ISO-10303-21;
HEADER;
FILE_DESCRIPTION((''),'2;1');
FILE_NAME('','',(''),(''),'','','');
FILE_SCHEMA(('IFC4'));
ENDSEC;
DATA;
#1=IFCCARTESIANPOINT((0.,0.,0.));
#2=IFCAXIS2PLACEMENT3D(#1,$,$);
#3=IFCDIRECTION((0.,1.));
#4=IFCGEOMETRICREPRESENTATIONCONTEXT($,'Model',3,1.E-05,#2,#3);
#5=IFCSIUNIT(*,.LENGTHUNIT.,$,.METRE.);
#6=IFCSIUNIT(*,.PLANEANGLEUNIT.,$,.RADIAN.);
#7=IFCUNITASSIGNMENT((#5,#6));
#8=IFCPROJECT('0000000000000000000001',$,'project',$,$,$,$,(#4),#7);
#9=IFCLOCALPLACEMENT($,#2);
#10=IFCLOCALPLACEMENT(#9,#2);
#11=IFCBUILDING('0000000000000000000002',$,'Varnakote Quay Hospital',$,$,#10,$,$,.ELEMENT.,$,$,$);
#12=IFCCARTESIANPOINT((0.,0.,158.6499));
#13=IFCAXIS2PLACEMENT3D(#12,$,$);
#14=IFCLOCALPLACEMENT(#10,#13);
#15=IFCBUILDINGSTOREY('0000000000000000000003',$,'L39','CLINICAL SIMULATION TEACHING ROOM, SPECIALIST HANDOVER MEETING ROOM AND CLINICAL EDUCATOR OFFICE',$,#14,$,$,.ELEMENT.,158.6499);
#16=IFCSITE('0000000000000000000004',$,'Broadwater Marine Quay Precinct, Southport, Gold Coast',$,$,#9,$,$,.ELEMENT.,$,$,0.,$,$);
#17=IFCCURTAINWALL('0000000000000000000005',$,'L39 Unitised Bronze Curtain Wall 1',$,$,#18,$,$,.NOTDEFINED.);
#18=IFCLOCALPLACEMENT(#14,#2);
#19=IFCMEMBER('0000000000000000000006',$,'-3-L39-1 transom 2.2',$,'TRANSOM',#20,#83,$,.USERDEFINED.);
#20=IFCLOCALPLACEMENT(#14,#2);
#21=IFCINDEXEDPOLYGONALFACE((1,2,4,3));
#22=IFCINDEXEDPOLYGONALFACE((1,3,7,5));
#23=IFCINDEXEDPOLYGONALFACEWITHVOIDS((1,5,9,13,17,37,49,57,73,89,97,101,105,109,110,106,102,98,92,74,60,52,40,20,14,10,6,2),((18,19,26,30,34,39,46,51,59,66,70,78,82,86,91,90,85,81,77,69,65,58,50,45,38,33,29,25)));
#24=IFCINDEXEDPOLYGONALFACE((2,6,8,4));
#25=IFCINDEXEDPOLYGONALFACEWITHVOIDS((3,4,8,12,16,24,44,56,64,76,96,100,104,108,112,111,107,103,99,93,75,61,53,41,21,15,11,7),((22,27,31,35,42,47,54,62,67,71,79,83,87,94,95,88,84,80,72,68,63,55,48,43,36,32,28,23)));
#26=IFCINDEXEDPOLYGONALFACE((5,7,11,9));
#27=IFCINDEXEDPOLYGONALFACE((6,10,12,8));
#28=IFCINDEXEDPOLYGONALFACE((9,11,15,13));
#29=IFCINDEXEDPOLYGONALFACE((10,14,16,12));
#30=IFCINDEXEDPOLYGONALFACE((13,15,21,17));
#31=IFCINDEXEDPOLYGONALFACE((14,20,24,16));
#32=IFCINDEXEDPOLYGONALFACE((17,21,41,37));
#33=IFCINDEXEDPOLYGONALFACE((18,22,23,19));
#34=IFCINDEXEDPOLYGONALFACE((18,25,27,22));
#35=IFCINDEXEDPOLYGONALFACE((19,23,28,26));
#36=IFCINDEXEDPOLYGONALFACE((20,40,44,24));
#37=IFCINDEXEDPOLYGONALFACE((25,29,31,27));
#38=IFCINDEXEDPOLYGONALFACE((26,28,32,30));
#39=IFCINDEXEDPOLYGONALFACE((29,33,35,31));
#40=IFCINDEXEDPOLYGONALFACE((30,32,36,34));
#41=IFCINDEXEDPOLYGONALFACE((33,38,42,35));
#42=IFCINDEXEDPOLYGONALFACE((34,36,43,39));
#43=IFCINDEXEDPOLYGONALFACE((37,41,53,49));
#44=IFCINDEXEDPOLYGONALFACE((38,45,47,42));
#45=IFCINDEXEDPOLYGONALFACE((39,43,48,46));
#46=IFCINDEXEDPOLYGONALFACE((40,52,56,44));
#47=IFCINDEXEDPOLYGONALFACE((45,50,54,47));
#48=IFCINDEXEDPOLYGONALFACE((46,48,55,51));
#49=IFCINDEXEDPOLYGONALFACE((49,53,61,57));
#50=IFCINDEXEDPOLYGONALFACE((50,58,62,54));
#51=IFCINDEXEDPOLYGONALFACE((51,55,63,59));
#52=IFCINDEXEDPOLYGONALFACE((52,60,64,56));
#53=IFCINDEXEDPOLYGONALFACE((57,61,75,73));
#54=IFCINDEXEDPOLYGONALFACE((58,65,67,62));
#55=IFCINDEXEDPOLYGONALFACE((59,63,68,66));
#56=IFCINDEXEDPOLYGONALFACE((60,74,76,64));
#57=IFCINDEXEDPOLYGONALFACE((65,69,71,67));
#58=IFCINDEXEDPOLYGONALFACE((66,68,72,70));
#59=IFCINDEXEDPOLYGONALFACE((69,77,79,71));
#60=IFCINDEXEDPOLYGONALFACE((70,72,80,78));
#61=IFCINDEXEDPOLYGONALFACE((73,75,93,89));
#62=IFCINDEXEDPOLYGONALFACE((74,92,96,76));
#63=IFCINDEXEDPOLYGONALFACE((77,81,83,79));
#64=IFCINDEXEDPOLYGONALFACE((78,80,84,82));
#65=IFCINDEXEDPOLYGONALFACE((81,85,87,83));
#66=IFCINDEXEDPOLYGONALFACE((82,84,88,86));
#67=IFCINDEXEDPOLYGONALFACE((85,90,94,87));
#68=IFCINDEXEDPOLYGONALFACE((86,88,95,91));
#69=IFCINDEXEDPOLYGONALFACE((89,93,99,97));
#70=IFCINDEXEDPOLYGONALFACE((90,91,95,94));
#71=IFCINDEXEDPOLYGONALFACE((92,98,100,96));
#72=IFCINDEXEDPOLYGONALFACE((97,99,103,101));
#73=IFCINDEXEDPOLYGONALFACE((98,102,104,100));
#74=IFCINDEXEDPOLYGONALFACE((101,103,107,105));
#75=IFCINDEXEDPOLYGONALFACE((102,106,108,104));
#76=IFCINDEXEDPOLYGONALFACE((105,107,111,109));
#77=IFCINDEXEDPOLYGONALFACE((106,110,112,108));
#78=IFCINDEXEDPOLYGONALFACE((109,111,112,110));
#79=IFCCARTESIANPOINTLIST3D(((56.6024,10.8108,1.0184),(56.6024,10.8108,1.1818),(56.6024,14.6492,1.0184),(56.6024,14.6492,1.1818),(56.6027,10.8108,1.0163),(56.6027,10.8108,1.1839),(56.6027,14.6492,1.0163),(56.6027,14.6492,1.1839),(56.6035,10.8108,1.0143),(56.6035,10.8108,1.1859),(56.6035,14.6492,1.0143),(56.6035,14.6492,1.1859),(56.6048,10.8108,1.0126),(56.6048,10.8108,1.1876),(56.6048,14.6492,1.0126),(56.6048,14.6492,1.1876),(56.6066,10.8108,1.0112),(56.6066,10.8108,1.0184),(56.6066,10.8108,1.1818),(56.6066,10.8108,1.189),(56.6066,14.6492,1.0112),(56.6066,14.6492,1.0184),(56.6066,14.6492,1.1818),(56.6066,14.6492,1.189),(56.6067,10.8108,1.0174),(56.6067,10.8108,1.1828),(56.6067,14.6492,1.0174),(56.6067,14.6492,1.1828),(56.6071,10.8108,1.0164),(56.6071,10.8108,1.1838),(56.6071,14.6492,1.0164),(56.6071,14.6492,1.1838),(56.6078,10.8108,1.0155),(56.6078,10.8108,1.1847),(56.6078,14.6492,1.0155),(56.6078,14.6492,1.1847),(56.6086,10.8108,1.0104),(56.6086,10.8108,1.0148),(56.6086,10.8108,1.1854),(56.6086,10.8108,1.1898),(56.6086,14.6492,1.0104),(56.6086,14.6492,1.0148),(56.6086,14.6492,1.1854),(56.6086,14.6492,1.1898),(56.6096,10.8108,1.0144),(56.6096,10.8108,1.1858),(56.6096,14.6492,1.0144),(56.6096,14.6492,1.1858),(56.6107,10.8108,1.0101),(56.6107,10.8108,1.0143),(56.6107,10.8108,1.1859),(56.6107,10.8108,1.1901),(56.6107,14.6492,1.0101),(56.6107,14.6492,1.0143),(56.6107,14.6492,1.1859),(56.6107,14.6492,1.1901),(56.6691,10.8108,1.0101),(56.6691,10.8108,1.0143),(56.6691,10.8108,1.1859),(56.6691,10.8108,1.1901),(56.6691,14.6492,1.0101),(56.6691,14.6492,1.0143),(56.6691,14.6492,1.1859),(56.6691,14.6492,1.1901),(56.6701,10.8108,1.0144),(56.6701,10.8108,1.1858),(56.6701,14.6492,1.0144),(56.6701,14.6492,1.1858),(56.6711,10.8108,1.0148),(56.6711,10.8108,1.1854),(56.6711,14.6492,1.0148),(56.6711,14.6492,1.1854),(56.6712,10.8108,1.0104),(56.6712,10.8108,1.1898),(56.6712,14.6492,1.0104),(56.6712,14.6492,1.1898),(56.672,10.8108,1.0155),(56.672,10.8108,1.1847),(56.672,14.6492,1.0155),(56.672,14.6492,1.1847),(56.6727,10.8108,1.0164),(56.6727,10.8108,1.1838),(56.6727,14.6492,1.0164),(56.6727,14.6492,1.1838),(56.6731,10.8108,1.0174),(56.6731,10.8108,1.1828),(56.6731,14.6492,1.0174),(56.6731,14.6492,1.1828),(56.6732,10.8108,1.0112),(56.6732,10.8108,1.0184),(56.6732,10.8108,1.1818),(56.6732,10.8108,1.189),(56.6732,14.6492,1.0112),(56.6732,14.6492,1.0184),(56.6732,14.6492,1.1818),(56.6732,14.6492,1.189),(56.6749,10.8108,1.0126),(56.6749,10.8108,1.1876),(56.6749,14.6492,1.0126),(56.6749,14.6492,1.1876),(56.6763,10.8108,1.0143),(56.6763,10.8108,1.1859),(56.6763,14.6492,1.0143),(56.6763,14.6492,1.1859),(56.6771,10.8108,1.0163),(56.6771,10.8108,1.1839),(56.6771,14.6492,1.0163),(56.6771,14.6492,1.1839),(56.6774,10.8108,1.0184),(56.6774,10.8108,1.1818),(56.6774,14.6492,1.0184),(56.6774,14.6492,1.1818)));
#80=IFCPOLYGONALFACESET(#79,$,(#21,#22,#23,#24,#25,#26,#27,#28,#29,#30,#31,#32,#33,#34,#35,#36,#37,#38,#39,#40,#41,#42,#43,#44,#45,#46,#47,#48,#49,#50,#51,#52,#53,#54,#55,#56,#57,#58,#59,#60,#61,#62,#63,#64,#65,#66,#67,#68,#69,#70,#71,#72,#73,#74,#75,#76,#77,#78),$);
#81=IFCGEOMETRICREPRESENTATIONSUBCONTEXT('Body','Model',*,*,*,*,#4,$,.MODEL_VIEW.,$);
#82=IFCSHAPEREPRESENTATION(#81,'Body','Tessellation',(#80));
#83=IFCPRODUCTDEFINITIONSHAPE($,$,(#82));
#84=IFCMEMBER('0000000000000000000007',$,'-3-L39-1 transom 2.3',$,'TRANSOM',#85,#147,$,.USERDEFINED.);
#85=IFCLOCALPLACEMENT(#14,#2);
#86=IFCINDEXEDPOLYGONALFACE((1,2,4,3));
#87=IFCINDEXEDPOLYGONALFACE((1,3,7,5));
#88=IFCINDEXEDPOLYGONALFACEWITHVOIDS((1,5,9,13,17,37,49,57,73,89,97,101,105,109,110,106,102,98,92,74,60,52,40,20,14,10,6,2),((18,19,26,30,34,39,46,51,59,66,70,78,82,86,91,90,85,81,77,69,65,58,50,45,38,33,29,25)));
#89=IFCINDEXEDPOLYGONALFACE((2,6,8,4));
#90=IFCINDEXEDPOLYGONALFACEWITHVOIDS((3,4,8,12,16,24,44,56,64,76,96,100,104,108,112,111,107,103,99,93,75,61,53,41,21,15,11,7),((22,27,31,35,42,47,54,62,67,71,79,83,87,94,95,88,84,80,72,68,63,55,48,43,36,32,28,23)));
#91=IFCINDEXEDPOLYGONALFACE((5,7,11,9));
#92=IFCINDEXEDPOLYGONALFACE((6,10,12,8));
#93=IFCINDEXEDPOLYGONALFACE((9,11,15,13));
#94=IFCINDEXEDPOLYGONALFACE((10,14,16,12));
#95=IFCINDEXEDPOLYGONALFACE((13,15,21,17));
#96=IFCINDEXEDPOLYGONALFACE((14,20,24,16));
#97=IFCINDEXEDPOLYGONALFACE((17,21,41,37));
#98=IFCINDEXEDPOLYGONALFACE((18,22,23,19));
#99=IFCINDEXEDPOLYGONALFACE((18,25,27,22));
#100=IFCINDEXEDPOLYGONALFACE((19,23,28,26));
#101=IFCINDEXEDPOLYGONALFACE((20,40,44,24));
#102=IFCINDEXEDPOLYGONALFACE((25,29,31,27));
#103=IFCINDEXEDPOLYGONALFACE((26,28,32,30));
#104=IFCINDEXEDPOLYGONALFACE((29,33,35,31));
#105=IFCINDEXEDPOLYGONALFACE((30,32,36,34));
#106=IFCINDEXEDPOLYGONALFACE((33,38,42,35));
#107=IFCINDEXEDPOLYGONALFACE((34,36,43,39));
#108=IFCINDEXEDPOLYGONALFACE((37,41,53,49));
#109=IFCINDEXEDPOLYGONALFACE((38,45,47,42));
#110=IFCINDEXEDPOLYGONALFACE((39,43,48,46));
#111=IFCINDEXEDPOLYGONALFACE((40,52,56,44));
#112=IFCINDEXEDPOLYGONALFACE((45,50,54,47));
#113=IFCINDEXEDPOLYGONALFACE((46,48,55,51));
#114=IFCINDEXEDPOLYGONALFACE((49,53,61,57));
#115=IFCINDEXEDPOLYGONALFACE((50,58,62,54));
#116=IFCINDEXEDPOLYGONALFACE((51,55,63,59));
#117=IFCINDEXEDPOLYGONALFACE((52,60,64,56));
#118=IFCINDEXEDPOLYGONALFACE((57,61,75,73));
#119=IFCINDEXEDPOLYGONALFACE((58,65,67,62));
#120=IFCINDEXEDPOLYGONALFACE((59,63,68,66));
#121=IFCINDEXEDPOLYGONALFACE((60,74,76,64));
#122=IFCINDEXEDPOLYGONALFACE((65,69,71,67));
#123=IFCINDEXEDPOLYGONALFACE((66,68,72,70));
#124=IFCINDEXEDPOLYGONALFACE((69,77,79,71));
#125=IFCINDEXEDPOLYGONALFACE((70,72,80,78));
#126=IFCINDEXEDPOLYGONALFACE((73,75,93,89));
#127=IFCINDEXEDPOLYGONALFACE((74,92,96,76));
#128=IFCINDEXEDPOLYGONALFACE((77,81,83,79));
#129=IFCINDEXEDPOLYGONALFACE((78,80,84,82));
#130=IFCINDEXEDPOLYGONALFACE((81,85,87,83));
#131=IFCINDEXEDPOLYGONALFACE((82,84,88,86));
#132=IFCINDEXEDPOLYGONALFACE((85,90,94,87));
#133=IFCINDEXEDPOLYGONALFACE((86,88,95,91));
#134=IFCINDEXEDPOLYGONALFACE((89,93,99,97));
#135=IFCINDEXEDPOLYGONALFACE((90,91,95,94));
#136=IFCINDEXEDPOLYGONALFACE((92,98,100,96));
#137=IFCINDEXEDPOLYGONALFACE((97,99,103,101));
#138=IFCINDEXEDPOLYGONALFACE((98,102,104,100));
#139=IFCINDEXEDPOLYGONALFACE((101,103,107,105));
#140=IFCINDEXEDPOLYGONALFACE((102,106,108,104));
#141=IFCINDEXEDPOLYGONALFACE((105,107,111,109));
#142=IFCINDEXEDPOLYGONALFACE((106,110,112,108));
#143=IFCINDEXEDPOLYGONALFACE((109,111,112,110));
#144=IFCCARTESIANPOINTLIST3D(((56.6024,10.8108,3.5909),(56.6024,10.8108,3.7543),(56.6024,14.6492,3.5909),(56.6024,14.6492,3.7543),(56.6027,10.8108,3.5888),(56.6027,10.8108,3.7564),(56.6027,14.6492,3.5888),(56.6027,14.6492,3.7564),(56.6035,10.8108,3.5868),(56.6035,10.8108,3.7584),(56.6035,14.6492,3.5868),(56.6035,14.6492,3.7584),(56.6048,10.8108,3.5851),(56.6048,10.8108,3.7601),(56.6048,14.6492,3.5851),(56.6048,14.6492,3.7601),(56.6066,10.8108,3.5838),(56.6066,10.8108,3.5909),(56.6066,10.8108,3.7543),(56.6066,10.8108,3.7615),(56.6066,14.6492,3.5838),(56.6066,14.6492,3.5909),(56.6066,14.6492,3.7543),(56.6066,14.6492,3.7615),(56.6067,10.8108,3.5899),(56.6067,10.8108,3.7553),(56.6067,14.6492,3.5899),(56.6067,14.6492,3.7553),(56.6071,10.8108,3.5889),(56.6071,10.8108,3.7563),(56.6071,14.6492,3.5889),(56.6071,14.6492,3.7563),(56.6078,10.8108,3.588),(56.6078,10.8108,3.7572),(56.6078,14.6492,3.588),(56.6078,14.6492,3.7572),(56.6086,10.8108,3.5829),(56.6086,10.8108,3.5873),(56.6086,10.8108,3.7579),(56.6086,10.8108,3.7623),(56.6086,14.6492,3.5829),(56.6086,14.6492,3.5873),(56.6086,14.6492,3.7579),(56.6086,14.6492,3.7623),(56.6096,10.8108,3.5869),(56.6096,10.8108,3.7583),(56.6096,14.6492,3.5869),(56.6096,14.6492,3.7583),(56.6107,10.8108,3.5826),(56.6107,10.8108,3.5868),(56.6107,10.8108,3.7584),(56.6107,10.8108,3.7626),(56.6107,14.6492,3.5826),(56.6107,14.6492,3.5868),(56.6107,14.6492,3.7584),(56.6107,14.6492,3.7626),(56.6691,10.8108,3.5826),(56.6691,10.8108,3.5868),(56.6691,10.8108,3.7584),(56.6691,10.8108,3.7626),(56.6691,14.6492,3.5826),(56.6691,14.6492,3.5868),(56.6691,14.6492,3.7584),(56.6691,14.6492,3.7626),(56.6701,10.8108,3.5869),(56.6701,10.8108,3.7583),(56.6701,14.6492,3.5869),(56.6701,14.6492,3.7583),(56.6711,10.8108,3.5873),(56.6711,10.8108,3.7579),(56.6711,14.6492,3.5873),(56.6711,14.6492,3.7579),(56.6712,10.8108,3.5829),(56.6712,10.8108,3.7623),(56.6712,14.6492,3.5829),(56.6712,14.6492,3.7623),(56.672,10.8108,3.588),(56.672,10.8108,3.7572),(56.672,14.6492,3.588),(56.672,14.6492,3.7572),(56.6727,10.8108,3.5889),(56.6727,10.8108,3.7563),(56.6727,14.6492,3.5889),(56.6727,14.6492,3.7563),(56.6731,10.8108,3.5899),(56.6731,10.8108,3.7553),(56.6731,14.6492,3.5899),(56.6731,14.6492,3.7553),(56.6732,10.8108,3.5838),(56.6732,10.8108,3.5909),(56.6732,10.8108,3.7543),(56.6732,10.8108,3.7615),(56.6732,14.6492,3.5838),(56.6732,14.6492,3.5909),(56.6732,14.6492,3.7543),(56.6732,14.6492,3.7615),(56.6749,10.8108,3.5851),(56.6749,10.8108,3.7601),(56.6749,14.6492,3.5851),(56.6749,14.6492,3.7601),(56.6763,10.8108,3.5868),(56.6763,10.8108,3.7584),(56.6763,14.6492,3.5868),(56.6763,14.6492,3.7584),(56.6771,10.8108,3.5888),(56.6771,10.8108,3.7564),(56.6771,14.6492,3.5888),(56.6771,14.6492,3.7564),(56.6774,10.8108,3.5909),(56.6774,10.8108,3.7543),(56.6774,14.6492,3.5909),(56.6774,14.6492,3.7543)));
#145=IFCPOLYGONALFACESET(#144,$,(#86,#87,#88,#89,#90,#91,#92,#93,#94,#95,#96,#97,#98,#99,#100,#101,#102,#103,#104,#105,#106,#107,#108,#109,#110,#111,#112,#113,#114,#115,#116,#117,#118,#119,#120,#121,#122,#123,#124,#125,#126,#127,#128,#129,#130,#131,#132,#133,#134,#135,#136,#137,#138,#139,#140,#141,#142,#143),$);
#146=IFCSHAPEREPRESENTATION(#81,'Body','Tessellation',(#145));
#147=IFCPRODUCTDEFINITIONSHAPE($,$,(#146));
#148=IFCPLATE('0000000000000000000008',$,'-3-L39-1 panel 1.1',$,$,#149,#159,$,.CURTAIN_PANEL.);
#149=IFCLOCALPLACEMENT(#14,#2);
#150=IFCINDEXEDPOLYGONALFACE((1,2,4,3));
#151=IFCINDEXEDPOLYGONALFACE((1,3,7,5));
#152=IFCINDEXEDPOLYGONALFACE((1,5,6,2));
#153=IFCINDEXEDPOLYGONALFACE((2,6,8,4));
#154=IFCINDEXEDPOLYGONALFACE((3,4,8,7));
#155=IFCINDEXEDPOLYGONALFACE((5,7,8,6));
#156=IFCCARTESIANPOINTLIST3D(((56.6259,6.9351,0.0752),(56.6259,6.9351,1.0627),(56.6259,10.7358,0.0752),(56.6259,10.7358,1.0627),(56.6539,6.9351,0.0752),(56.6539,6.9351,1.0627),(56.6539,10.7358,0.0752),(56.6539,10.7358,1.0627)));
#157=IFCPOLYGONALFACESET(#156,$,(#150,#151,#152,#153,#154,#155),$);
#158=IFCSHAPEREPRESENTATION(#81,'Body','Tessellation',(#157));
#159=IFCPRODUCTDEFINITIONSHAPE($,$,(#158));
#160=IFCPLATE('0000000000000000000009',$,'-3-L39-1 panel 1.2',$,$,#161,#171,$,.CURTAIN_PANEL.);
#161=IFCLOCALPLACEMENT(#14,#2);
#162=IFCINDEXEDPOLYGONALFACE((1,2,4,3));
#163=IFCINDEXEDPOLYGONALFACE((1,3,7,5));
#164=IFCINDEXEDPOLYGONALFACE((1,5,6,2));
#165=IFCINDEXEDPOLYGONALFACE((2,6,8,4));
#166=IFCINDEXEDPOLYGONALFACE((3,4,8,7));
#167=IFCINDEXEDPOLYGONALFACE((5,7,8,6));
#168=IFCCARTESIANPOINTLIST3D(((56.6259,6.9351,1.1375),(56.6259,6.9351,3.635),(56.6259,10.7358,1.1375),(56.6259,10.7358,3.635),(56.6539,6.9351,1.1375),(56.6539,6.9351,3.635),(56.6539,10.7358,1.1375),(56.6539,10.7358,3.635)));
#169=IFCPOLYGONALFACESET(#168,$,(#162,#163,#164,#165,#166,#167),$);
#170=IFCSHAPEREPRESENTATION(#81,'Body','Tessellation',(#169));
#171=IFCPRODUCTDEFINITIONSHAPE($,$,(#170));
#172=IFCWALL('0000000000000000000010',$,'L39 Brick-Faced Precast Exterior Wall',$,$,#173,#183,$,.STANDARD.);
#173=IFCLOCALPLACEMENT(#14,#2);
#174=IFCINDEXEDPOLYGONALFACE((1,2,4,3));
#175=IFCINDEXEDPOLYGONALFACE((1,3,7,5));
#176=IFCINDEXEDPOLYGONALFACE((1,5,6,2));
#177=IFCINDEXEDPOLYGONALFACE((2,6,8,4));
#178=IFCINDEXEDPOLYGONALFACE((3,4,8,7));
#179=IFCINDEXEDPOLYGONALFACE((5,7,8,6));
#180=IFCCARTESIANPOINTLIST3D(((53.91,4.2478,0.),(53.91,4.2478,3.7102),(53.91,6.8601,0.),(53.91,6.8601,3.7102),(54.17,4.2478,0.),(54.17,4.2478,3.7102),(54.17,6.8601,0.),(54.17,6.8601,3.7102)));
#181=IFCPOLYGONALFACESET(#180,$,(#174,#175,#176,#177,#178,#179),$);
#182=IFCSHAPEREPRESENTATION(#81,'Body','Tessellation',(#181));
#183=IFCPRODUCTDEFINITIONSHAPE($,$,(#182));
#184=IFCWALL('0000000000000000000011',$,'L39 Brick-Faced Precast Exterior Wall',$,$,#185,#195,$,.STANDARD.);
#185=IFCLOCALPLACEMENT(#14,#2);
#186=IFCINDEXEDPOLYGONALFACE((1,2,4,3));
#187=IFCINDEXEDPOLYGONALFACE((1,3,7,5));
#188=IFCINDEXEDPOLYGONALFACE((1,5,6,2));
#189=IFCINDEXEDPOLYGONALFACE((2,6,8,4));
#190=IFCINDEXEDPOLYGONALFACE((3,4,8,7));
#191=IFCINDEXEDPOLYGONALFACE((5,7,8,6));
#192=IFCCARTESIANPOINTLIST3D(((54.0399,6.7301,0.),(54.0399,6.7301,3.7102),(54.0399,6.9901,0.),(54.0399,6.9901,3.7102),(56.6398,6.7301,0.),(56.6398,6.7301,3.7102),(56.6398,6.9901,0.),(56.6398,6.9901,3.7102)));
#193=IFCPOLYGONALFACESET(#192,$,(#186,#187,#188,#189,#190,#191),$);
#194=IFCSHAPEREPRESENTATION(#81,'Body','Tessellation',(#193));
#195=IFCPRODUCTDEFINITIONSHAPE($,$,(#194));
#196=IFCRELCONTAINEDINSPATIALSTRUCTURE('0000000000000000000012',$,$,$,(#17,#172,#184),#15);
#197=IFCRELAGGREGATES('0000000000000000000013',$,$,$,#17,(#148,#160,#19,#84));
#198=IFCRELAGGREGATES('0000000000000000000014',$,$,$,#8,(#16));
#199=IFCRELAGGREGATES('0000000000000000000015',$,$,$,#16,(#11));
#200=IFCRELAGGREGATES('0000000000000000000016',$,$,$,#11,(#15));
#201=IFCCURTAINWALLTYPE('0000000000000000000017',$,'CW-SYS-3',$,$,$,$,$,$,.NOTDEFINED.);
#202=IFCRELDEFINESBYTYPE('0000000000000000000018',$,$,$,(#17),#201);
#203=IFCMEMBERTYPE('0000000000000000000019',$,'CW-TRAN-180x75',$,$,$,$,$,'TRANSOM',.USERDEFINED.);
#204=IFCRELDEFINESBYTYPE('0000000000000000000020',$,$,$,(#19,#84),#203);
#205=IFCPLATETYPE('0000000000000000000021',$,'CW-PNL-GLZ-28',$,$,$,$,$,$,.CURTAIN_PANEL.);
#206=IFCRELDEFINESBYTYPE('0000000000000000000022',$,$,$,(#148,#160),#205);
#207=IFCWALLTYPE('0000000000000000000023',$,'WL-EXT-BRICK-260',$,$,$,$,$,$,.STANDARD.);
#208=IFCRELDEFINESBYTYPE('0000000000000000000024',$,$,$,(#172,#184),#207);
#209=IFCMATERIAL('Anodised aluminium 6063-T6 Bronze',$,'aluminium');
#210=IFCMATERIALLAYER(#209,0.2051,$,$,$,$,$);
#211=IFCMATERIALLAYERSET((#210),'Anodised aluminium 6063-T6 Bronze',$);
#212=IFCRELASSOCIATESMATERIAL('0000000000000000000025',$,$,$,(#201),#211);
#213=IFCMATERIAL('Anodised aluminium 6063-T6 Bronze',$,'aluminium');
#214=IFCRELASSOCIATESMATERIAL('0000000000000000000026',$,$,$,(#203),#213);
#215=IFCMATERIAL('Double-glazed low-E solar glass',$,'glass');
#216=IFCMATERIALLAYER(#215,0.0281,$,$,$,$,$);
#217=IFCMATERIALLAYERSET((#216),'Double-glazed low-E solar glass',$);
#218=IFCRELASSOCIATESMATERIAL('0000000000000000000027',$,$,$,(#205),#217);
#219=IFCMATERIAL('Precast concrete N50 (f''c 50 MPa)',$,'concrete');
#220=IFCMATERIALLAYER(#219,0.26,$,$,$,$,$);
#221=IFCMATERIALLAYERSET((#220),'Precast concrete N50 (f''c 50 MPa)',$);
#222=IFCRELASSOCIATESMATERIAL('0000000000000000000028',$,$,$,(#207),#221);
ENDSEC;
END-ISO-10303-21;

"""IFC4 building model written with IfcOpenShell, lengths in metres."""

from ifc_helpers import new_model, si_unit, direction, frame, frame_2d, origin, origin_2d, place, context, subcontext, project, spatial, rectangle, hollow_rectangle, extrude, material, layer, layer_set, material_profile, profile_set, type_object, element, aggregate, save


model = new_model("IFC4")

# Units and contexts
model_context = context("Model", 3, precision=1e-05, world=origin(), true_north=direction((0.0, 1.0)))
body_context = subcontext(model_context, "Body", "Model", "MODEL_VIEW")
ifc_project = project(units=[si_unit("LENGTHUNIT", "METRE"), si_unit("PLANEANGLEUNIT", "RADIAN")], contexts=[model_context])

# Site, building, storey
site_placement = place(None, origin())
site = spatial("IfcSite", under=ifc_project, at=site_placement, Name="Broadwater Marine Quay Precinct, Southport, Gold Coast", CompositionType="ELEMENT", RefElevation=0.0)
building_placement = place(site_placement, origin())
building = spatial("IfcBuilding", under=site, at=building_placement, Name="Varnakote Quay Hospital", CompositionType="ELEMENT")
storey_placement = place(building_placement, frame((0.0, 0.0, 158.6499)))
storey = spatial("IfcBuildingStorey", under=building, at=storey_placement, Name="L39", Description="CLINICAL SIMULATION TEACHING ROOM, SPECIALIST HANDOVER MEETING ROOM AND CLINICAL EDUCATOR OFFICE", CompositionType="ELEMENT", Elevation=158.6499)

# Curtain wall, members, plates
ifc_material_1 = material(Name="Anodised aluminium 6063-T6 Bronze", Category="aluminium")
ifc_layer_1 = layer(ifc_material_1, 0.2051)
ifc_layer_set_1 = layer_set([ifc_layer_1], Name="Anodised aluminium 6063-T6 Bronze")
curtain_wall_type = type_object("IfcCurtainWallType", Name="CW-SYS-3", PredefinedType="NOTDEFINED", material=ifc_layer_set_1)
curtain_wall_placement = place(storey_placement, origin())
curtain_wall = element("IfcCurtainWall", 1, at=curtain_wall_placement, inside=storey, type_object=curtain_wall_type, Name="L39 Unitised Bronze Curtain Wall 1", PredefinedType="NOTDEFINED")
ifc_material_2 = material(Name="Anodised aluminium 6063-T6 Bronze", Category="aluminium")
ifc_material_profile_1 = material_profile(ifc_material_2, hollow_rectangle(XDim=0.075, YDim=0.1799, WallThickness=0.0042, InnerFilletRadius=0.0042, OuterFilletRadius=0.0083, at=origin_2d()), Name="CW-TRAN-180x75")
ifc_profile_set_1 = profile_set([ifc_material_profile_1], Name="Anodised aluminium 6063-T6 Bronze")
member_type_1 = type_object("IfcMemberType", Name="CW-TRAN-180x75", ElementType="TRANSOM", PredefinedType="USERDEFINED", material=ifc_profile_set_1)
member_1_placement = place(storey_placement, frame((56.6399, 10.8108, 1.1001), z_axis=(0.0, 1.0, 0.0), x_axis=(-1.0, 0.0, 0.0)))
member_1 = element("IfcMember", 2, at=member_1_placement, type_object=member_type_1, Name="-3-L39-1 transom 2.2", ObjectType="TRANSOM", PredefinedType="USERDEFINED", context=body_context, shape_type="SweptSolid", body=[
    extrude(hollow_rectangle(XDim=0.075, YDim=0.1799, WallThickness=0.0042, InnerFilletRadius=0.0042, OuterFilletRadius=0.0083, at=origin_2d()), origin(), (0.0, 0.0, 1.0), 3.8384),
])
member_2_placement = place(storey_placement, frame((56.6399, 10.8108, 3.6726), z_axis=(0.0, 1.0, 0.0), x_axis=(-1.0, 0.0, 0.0)))
member_2 = element("IfcMember", 3, at=member_2_placement, type_object=member_type_1, Name="-3-L39-1 transom 2.3", ObjectType="TRANSOM", PredefinedType="USERDEFINED", context=body_context, shape_type="SweptSolid", body=[
    extrude(hollow_rectangle(XDim=0.075, YDim=0.1799, WallThickness=0.0042, InnerFilletRadius=0.0042, OuterFilletRadius=0.0083, at=origin_2d()), origin(), (0.0, 0.0, 1.0), 3.8384),
])
ifc_material_3 = material(Name="Double-glazed low-E solar glass", Category="glass")
ifc_layer_2 = layer(ifc_material_3, 0.0281)
ifc_layer_set_2 = layer_set([ifc_layer_2], Name="Double-glazed low-E solar glass")
plate_type = type_object("IfcPlateType", Name="CW-PNL-GLZ-28", PredefinedType="CURTAIN_PANEL", material=ifc_layer_set_2)
plate_1_placement = place(storey_placement, frame((56.6399, 8.8354, 0.0752), z_axis=(0.0, 0.0, 1.0), x_axis=(0.0, 1.0, 0.0)))
plate_1 = element("IfcPlate", 4, at=plate_1_placement, type_object=plate_type, Name="-3-L39-1 panel 1.1", PredefinedType="CURTAIN_PANEL", context=body_context, shape_type="SweptSolid", body=[
    extrude(rectangle(XDim=3.8008, YDim=0.0281, at=origin_2d()), origin(), (0.0, 0.0, 1.0), 0.9875),
])
plate_2_placement = place(storey_placement, frame((56.6399, 8.8354, 1.1375), z_axis=(0.0, 0.0, 1.0), x_axis=(0.0, 1.0, 0.0)))
plate_2 = element("IfcPlate", 5, at=plate_2_placement, type_object=plate_type, Name="-3-L39-1 panel 1.2", PredefinedType="CURTAIN_PANEL", context=body_context, shape_type="SweptSolid", body=[
    extrude(rectangle(XDim=3.8008, YDim=0.0281, at=origin_2d()), origin(), (0.0, 0.0, 1.0), 2.4976),
])
aggregate(curtain_wall, [plate_1, plate_2, member_1, member_2])

# Walls
ifc_material_4 = material(Name="Precast concrete N50 (f'c 50 MPa)", Category="concrete")
ifc_layer_3 = layer(ifc_material_4, 0.26)
ifc_layer_set_3 = layer_set([ifc_layer_3], Name="Precast concrete N50 (f'c 50 MPa)")
wall_type_1 = type_object("IfcWallType", Name="WL-EXT-BRICK-260", PredefinedType="STANDARD", material=ifc_layer_set_3)
wall_1_placement = place(storey_placement, frame((54.04, 4.2478, 0.0), z_axis=(0.0, 0.0, 1.0), x_axis=(0.0, 1.0, 0.0)))
element("IfcWall", 6, at=wall_1_placement, inside=storey, type_object=wall_type_1, Name="L39 Brick-Faced Precast Exterior Wall", PredefinedType="STANDARD", context=body_context, shape_type="SweptSolid", body=[
    extrude(rectangle(XDim=2.6123, YDim=0.26, at=frame_2d((1.3062, 0.0))), origin(), (0.0, 0.0, 1.0), 3.7102),
])
wall_2_placement = place(storey_placement, frame((54.04, 6.8601, 0.0), z_axis=(0.0, 0.0, 1.0), x_axis=(1.0, 0.0, 0.0)))
element("IfcWall", 7, at=wall_2_placement, inside=storey, type_object=wall_type_1, Name="L39 Brick-Faced Precast Exterior Wall", PredefinedType="STANDARD", context=body_context, shape_type="SweptSolid", body=[
    extrude(rectangle(XDim=2.5999, YDim=0.26, at=frame_2d((1.2998, 0.0))), origin(), (0.0, 0.0, 1.0), 3.7102),
])

save(model, "model.ifc")
